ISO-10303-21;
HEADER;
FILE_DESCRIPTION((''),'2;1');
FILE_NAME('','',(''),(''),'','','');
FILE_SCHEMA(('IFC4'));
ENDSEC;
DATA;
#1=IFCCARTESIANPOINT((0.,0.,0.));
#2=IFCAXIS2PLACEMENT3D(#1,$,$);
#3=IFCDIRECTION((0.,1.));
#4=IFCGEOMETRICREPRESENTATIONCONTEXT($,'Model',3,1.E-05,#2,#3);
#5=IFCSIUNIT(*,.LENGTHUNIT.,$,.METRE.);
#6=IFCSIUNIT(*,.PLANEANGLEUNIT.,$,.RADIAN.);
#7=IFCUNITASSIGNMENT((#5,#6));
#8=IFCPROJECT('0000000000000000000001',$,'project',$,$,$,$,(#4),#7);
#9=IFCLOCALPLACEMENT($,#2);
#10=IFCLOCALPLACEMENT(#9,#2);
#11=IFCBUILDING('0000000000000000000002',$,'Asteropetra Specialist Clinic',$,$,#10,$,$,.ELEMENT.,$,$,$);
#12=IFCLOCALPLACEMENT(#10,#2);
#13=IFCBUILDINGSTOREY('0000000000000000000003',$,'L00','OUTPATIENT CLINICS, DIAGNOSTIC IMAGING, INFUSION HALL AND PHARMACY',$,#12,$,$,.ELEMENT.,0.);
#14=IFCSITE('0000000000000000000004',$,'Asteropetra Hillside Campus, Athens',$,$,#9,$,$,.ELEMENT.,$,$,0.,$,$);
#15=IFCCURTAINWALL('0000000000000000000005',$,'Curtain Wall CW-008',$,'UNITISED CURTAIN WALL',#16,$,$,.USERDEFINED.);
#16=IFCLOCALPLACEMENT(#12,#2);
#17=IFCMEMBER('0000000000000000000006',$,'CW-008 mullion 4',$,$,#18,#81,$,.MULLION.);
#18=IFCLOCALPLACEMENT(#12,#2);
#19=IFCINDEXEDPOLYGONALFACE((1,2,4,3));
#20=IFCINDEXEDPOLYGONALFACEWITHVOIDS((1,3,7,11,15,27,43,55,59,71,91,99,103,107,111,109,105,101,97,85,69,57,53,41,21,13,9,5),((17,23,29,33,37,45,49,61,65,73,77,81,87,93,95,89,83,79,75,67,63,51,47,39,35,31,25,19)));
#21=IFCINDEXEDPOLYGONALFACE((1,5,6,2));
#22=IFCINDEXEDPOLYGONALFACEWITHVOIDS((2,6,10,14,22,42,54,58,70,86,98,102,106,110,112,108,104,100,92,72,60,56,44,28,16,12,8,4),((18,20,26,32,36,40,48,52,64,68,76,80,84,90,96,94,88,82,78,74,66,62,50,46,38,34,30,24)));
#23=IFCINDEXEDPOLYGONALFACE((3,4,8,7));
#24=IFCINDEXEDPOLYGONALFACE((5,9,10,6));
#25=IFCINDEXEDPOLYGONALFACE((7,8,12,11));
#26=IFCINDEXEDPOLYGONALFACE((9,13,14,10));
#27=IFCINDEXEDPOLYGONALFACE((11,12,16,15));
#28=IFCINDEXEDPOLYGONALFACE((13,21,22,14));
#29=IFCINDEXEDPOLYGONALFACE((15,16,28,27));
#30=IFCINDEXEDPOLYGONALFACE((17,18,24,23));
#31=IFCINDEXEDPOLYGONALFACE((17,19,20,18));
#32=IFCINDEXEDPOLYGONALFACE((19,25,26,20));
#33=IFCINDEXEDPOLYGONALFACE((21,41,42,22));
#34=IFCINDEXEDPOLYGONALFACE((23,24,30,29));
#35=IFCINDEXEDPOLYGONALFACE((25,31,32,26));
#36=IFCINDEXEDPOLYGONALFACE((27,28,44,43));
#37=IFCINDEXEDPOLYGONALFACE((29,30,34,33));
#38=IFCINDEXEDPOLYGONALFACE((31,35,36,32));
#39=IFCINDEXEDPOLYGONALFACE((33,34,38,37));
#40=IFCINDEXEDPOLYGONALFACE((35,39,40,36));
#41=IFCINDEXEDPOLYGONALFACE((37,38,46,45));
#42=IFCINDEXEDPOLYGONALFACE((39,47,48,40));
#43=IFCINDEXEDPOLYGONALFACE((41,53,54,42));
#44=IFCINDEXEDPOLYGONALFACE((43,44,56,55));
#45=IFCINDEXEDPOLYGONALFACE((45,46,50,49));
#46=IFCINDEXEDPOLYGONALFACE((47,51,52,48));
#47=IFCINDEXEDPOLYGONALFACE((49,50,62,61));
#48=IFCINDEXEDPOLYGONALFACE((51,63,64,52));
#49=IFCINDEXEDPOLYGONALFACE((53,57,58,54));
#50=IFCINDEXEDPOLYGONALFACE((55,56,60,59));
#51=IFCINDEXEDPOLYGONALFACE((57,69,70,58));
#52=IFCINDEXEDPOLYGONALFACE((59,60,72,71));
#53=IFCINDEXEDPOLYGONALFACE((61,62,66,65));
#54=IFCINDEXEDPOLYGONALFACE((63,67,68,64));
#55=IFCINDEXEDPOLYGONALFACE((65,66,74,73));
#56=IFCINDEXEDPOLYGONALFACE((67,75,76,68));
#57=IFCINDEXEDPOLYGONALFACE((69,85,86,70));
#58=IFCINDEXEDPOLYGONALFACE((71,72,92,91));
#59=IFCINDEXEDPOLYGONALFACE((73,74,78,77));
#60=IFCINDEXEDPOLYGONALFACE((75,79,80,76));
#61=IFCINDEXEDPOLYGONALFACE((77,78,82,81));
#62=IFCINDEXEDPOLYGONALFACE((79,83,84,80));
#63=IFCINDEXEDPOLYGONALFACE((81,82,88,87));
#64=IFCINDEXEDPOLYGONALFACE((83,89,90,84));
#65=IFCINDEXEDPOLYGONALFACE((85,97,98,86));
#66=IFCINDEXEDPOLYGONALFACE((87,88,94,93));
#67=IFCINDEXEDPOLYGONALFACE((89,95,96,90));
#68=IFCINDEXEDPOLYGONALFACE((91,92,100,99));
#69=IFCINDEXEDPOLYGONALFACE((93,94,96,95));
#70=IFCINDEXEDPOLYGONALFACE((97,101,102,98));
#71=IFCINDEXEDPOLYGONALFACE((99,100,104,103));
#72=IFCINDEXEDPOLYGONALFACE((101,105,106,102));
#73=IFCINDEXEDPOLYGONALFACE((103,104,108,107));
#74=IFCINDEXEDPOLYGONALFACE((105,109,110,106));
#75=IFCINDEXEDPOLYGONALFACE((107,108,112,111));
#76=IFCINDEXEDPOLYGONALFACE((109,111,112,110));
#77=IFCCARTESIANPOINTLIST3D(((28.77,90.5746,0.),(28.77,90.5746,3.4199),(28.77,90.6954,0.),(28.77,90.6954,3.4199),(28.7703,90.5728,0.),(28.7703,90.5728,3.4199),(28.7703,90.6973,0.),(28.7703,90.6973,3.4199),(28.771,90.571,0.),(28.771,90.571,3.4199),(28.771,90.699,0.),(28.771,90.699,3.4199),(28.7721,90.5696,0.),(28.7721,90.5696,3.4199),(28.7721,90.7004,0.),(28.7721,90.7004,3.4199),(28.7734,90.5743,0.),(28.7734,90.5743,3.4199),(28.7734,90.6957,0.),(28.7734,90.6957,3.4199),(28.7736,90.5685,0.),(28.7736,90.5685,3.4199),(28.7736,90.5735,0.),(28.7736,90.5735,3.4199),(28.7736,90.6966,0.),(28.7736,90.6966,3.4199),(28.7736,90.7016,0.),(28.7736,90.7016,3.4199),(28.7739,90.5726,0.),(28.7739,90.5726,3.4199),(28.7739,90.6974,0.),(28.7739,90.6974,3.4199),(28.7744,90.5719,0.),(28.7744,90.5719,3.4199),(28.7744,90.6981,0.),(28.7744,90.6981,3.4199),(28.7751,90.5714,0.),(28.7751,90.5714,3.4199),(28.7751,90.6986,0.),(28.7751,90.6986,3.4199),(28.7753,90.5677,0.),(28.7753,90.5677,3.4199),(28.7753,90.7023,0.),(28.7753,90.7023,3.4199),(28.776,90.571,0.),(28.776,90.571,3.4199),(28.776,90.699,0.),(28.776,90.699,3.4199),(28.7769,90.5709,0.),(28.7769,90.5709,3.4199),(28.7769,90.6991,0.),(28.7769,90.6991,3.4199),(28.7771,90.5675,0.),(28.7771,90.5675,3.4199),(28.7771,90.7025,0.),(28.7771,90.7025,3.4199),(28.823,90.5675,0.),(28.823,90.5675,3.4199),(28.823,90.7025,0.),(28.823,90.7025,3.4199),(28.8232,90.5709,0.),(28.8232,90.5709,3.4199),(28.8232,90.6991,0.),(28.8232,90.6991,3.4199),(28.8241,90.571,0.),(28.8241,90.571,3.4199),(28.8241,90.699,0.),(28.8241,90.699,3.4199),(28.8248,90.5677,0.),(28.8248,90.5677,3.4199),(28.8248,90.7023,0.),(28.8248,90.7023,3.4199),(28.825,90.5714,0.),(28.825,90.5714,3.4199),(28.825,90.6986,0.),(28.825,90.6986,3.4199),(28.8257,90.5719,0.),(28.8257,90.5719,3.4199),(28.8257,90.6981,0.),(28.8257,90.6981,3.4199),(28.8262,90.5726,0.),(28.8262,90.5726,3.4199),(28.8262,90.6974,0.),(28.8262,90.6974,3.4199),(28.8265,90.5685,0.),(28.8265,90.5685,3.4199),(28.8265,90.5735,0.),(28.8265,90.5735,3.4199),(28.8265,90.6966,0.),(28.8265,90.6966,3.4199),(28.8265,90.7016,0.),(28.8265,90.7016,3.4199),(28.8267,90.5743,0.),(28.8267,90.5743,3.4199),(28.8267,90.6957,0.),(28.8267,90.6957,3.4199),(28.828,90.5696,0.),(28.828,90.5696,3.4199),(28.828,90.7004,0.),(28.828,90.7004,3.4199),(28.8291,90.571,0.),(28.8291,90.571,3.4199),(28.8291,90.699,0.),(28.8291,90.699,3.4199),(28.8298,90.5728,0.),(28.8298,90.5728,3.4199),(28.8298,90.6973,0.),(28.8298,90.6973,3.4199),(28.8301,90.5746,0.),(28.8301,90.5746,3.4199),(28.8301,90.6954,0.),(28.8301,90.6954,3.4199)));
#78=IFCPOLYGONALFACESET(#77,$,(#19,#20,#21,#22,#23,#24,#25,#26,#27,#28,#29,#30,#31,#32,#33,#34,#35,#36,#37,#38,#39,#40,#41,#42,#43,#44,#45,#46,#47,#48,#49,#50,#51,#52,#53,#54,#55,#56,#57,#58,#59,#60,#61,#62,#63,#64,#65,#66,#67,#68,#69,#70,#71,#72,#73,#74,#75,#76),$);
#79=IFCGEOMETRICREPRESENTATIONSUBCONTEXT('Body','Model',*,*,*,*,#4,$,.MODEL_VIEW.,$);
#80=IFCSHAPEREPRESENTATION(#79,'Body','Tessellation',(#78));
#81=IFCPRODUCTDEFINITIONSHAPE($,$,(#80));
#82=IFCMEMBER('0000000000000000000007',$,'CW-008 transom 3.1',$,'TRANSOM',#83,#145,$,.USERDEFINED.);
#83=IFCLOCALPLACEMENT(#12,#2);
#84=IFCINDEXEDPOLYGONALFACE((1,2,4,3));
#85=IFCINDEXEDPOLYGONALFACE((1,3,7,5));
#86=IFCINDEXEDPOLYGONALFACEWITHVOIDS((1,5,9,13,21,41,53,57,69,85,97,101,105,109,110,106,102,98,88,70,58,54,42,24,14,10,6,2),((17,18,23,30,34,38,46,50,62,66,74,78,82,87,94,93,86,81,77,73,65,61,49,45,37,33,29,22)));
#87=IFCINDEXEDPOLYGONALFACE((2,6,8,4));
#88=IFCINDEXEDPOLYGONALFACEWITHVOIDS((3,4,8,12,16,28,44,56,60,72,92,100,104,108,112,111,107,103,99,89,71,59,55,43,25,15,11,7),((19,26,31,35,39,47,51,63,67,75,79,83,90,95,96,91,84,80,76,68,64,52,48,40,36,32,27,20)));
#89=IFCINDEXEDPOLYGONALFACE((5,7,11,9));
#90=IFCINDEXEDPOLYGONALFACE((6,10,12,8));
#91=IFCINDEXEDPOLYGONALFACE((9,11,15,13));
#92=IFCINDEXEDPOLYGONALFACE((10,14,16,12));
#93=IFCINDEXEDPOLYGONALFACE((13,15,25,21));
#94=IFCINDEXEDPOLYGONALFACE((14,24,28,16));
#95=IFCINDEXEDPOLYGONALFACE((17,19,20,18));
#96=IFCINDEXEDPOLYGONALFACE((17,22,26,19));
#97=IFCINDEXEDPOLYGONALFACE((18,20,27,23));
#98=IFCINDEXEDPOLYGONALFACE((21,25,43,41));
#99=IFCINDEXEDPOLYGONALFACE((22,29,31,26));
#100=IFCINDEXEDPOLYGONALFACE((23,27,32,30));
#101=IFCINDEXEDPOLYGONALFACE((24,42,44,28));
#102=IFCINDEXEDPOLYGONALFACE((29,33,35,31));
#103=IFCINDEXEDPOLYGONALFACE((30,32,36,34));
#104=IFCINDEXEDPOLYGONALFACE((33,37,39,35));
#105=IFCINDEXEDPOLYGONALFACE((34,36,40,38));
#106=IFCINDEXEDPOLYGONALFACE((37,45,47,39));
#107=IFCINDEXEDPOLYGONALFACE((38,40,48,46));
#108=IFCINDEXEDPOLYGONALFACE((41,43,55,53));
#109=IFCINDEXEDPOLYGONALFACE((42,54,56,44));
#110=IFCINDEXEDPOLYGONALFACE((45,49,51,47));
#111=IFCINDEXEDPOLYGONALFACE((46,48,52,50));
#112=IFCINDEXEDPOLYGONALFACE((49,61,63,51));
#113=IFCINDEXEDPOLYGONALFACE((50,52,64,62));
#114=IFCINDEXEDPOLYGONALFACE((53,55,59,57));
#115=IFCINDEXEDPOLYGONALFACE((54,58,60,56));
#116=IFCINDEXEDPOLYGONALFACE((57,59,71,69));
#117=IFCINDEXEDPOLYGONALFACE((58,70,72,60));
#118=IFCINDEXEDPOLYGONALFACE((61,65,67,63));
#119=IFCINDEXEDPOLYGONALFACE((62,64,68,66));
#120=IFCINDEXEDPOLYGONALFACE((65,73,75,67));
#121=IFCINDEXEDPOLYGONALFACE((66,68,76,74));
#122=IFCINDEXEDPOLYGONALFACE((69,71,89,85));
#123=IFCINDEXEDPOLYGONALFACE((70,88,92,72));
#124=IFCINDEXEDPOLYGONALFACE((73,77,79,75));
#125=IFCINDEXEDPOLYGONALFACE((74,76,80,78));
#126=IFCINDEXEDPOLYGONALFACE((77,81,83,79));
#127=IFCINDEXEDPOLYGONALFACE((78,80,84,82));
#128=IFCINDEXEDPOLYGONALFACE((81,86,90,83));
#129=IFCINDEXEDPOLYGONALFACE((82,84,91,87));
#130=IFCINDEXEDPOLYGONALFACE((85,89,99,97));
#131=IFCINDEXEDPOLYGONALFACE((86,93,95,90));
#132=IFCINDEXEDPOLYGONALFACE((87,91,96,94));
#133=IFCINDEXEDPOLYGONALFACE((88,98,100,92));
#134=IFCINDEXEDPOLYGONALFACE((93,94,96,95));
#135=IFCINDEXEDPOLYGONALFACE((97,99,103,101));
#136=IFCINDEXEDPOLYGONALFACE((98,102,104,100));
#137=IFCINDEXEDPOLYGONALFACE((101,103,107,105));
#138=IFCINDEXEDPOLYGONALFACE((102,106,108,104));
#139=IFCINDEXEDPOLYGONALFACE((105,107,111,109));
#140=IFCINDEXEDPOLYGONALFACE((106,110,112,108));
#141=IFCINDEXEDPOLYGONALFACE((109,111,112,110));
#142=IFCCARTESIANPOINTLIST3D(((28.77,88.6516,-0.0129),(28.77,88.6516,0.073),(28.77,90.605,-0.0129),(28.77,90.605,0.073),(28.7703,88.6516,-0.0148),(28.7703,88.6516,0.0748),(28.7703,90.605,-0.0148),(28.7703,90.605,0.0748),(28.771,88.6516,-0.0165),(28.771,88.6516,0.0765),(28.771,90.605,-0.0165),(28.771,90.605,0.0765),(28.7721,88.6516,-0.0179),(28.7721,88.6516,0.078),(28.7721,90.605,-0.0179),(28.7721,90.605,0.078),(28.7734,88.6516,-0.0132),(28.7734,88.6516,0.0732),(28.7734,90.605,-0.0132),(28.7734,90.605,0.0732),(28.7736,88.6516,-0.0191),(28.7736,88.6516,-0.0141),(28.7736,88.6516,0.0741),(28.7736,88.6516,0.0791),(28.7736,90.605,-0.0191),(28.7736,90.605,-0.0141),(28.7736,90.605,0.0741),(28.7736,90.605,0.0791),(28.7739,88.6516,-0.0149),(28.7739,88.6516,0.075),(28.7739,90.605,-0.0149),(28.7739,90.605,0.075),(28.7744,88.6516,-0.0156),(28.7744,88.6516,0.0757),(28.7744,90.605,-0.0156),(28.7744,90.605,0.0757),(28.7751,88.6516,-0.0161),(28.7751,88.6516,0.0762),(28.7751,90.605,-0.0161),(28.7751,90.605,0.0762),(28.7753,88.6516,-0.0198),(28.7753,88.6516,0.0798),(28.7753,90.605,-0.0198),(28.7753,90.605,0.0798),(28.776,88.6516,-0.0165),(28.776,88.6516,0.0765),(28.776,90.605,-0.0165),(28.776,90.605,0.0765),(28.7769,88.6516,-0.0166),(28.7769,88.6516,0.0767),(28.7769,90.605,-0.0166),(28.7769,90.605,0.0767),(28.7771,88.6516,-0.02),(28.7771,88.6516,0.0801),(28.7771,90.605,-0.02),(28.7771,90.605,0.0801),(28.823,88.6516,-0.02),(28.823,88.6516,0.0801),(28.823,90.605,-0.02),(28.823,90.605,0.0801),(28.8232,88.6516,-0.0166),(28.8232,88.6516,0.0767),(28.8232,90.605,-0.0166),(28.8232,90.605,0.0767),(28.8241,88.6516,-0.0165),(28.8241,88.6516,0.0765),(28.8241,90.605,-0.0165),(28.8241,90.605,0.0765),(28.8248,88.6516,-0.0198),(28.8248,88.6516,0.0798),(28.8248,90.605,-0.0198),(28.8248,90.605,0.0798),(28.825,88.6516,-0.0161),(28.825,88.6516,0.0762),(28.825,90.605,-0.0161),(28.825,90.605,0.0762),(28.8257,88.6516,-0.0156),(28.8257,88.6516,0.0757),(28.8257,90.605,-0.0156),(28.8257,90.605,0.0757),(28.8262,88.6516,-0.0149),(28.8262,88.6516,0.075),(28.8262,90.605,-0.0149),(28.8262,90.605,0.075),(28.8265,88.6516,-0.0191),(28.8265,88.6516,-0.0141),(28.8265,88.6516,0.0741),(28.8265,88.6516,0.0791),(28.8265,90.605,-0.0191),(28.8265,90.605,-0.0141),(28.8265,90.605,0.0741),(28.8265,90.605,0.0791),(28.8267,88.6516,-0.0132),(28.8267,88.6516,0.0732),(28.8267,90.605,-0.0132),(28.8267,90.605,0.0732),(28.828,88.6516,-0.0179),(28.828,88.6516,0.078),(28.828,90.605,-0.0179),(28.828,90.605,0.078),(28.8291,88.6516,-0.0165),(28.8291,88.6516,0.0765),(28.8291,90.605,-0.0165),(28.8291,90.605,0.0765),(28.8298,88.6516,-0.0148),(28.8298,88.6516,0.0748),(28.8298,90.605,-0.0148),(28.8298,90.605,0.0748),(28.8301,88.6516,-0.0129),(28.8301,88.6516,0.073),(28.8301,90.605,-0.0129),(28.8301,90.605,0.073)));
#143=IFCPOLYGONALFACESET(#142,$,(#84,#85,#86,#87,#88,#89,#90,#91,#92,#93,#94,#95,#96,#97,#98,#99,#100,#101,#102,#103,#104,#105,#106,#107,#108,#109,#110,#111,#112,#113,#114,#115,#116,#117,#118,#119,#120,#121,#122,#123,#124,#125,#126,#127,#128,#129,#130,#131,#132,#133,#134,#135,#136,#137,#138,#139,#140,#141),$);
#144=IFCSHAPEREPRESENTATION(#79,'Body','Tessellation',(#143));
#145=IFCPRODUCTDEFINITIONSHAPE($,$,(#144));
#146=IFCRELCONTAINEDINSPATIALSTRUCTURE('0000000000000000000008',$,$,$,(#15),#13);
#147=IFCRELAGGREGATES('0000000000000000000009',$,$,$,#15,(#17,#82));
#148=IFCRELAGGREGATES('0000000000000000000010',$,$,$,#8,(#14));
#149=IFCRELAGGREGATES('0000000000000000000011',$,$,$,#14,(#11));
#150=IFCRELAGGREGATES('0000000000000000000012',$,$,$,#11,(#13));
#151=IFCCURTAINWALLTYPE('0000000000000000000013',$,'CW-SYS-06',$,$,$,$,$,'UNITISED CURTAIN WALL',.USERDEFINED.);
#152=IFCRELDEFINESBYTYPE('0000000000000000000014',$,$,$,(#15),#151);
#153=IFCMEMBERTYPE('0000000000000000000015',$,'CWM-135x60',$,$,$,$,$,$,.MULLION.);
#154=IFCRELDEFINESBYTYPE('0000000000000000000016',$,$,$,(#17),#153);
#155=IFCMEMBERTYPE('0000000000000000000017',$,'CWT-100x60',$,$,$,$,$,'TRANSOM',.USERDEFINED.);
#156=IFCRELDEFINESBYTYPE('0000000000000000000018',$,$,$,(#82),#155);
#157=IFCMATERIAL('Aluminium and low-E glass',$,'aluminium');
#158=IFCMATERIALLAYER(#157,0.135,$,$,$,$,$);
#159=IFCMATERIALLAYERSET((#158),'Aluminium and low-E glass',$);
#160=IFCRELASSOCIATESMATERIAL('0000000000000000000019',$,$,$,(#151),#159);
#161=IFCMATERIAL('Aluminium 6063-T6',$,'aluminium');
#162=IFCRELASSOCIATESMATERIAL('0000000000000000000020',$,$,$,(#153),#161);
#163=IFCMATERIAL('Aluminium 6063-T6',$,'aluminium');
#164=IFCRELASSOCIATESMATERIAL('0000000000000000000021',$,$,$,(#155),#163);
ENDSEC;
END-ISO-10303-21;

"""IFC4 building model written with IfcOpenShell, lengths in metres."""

from ifc_helpers import new_model, si_unit, direction, frame, origin, origin_2d, place, context, subcontext, project, spatial, hollow_rectangle, extrude, material, layer, layer_set, material_profile, profile_set, type_object, element, aggregate, save


model = new_model("IFC4")

# Units and contexts
model_context = context("Model", 3, precision=1e-05, world=origin(), true_north=direction((0.0, 1.0)))
body_context = subcontext(model_context, "Body", "Model", "MODEL_VIEW")
ifc_project = project(units=[si_unit("LENGTHUNIT", "METRE"), si_unit("PLANEANGLEUNIT", "RADIAN")], contexts=[model_context])

# Site, building, storey
site_placement = place(None, origin())
site = spatial("IfcSite", under=ifc_project, at=site_placement, Name="Asteropetra Hillside Campus, Athens", CompositionType="ELEMENT", RefElevation=0.0)
building_placement = place(site_placement, origin())
building = spatial("IfcBuilding", under=site, at=building_placement, Name="Asteropetra Specialist Clinic", CompositionType="ELEMENT")
storey_placement = place(building_placement, origin())
storey = spatial("IfcBuildingStorey", under=building, at=storey_placement, Name="L00", Description="OUTPATIENT CLINICS, DIAGNOSTIC IMAGING, INFUSION HALL AND PHARMACY", CompositionType="ELEMENT", Elevation=0.0)

# Curtain wall, members
ifc_material_1 = material(Name="Aluminium and low-E glass", Category="aluminium")
ifc_layer_1 = layer(ifc_material_1, 0.135)
ifc_layer_set_1 = layer_set([ifc_layer_1], Name="Aluminium and low-E glass")
curtain_wall_type = type_object("IfcCurtainWallType", Name="CW-SYS-06", ElementType="UNITISED CURTAIN WALL", PredefinedType="USERDEFINED", material=ifc_layer_set_1)
curtain_wall_placement = place(storey_placement, origin())
curtain_wall = element("IfcCurtainWall", 1, at=curtain_wall_placement, inside=storey, type_object=curtain_wall_type, Name="Curtain Wall CW-008", ObjectType="UNITISED CURTAIN WALL", PredefinedType="USERDEFINED")
ifc_material_2 = material(Name="Aluminium 6063-T6", Category="aluminium")
ifc_material_profile_1 = material_profile(ifc_material_2, hollow_rectangle(XDim=0.0601, YDim=0.135, WallThickness=0.0034, InnerFilletRadius=0.0034, OuterFilletRadius=0.0071, at=origin_2d()), Name="MUL 135x60x3.5")
ifc_profile_set_1 = profile_set([ifc_material_profile_1], Name="Aluminium 6063-T6")
member_type_1 = type_object("IfcMemberType", Name="CWM-135x60", PredefinedType="MULLION", material=ifc_profile_set_1)
member_1_placement = place(storey_placement, frame((28.8, 90.635, 0.0), z_axis=(0.0, 0.0, 1.0), x_axis=(-1.0, 0.0, 0.0)))
member_1 = element("IfcMember", 2, at=member_1_placement, type_object=member_type_1, Name="CW-008 mullion 4", PredefinedType="MULLION", context=body_context, shape_type="SweptSolid", body=[
    extrude(hollow_rectangle(XDim=0.0601, YDim=0.135, WallThickness=0.0034, InnerFilletRadius=0.0034, OuterFilletRadius=0.0071, at=origin_2d()), origin(), (0.0, 0.0, 1.0), 3.4199),
])
ifc_material_3 = material(Name="Aluminium 6063-T6", Category="aluminium")
ifc_material_profile_2 = material_profile(ifc_material_3, hollow_rectangle(XDim=0.0601, YDim=0.1001, WallThickness=0.0034, InnerFilletRadius=0.0034, OuterFilletRadius=0.0071, at=origin_2d()), Name="TRN 100x60x3.5")
ifc_profile_set_2 = profile_set([ifc_material_profile_2], Name="Aluminium 6063-T6")
member_type_2 = type_object("IfcMemberType", Name="CWT-100x60", ElementType="TRANSOM", PredefinedType="USERDEFINED", material=ifc_profile_set_2)
member_2_placement = place(storey_placement, frame((28.8, 88.6516, 0.03), z_axis=(0.0, 1.0, 0.0), x_axis=(-1.0, 0.0, 0.0)))
member_2 = element("IfcMember", 3, at=member_2_placement, type_object=member_type_2, Name="CW-008 transom 3.1", ObjectType="TRANSOM", PredefinedType="USERDEFINED", context=body_context, shape_type="SweptSolid", body=[
    extrude(hollow_rectangle(XDim=0.0601, YDim=0.1001, WallThickness=0.0034, InnerFilletRadius=0.0034, OuterFilletRadius=0.0071, at=origin_2d()), origin(), (0.0, 0.0, 1.0), 1.9534),
])
aggregate(curtain_wall, [member_1, member_2])

save(model, "model.ifc")
